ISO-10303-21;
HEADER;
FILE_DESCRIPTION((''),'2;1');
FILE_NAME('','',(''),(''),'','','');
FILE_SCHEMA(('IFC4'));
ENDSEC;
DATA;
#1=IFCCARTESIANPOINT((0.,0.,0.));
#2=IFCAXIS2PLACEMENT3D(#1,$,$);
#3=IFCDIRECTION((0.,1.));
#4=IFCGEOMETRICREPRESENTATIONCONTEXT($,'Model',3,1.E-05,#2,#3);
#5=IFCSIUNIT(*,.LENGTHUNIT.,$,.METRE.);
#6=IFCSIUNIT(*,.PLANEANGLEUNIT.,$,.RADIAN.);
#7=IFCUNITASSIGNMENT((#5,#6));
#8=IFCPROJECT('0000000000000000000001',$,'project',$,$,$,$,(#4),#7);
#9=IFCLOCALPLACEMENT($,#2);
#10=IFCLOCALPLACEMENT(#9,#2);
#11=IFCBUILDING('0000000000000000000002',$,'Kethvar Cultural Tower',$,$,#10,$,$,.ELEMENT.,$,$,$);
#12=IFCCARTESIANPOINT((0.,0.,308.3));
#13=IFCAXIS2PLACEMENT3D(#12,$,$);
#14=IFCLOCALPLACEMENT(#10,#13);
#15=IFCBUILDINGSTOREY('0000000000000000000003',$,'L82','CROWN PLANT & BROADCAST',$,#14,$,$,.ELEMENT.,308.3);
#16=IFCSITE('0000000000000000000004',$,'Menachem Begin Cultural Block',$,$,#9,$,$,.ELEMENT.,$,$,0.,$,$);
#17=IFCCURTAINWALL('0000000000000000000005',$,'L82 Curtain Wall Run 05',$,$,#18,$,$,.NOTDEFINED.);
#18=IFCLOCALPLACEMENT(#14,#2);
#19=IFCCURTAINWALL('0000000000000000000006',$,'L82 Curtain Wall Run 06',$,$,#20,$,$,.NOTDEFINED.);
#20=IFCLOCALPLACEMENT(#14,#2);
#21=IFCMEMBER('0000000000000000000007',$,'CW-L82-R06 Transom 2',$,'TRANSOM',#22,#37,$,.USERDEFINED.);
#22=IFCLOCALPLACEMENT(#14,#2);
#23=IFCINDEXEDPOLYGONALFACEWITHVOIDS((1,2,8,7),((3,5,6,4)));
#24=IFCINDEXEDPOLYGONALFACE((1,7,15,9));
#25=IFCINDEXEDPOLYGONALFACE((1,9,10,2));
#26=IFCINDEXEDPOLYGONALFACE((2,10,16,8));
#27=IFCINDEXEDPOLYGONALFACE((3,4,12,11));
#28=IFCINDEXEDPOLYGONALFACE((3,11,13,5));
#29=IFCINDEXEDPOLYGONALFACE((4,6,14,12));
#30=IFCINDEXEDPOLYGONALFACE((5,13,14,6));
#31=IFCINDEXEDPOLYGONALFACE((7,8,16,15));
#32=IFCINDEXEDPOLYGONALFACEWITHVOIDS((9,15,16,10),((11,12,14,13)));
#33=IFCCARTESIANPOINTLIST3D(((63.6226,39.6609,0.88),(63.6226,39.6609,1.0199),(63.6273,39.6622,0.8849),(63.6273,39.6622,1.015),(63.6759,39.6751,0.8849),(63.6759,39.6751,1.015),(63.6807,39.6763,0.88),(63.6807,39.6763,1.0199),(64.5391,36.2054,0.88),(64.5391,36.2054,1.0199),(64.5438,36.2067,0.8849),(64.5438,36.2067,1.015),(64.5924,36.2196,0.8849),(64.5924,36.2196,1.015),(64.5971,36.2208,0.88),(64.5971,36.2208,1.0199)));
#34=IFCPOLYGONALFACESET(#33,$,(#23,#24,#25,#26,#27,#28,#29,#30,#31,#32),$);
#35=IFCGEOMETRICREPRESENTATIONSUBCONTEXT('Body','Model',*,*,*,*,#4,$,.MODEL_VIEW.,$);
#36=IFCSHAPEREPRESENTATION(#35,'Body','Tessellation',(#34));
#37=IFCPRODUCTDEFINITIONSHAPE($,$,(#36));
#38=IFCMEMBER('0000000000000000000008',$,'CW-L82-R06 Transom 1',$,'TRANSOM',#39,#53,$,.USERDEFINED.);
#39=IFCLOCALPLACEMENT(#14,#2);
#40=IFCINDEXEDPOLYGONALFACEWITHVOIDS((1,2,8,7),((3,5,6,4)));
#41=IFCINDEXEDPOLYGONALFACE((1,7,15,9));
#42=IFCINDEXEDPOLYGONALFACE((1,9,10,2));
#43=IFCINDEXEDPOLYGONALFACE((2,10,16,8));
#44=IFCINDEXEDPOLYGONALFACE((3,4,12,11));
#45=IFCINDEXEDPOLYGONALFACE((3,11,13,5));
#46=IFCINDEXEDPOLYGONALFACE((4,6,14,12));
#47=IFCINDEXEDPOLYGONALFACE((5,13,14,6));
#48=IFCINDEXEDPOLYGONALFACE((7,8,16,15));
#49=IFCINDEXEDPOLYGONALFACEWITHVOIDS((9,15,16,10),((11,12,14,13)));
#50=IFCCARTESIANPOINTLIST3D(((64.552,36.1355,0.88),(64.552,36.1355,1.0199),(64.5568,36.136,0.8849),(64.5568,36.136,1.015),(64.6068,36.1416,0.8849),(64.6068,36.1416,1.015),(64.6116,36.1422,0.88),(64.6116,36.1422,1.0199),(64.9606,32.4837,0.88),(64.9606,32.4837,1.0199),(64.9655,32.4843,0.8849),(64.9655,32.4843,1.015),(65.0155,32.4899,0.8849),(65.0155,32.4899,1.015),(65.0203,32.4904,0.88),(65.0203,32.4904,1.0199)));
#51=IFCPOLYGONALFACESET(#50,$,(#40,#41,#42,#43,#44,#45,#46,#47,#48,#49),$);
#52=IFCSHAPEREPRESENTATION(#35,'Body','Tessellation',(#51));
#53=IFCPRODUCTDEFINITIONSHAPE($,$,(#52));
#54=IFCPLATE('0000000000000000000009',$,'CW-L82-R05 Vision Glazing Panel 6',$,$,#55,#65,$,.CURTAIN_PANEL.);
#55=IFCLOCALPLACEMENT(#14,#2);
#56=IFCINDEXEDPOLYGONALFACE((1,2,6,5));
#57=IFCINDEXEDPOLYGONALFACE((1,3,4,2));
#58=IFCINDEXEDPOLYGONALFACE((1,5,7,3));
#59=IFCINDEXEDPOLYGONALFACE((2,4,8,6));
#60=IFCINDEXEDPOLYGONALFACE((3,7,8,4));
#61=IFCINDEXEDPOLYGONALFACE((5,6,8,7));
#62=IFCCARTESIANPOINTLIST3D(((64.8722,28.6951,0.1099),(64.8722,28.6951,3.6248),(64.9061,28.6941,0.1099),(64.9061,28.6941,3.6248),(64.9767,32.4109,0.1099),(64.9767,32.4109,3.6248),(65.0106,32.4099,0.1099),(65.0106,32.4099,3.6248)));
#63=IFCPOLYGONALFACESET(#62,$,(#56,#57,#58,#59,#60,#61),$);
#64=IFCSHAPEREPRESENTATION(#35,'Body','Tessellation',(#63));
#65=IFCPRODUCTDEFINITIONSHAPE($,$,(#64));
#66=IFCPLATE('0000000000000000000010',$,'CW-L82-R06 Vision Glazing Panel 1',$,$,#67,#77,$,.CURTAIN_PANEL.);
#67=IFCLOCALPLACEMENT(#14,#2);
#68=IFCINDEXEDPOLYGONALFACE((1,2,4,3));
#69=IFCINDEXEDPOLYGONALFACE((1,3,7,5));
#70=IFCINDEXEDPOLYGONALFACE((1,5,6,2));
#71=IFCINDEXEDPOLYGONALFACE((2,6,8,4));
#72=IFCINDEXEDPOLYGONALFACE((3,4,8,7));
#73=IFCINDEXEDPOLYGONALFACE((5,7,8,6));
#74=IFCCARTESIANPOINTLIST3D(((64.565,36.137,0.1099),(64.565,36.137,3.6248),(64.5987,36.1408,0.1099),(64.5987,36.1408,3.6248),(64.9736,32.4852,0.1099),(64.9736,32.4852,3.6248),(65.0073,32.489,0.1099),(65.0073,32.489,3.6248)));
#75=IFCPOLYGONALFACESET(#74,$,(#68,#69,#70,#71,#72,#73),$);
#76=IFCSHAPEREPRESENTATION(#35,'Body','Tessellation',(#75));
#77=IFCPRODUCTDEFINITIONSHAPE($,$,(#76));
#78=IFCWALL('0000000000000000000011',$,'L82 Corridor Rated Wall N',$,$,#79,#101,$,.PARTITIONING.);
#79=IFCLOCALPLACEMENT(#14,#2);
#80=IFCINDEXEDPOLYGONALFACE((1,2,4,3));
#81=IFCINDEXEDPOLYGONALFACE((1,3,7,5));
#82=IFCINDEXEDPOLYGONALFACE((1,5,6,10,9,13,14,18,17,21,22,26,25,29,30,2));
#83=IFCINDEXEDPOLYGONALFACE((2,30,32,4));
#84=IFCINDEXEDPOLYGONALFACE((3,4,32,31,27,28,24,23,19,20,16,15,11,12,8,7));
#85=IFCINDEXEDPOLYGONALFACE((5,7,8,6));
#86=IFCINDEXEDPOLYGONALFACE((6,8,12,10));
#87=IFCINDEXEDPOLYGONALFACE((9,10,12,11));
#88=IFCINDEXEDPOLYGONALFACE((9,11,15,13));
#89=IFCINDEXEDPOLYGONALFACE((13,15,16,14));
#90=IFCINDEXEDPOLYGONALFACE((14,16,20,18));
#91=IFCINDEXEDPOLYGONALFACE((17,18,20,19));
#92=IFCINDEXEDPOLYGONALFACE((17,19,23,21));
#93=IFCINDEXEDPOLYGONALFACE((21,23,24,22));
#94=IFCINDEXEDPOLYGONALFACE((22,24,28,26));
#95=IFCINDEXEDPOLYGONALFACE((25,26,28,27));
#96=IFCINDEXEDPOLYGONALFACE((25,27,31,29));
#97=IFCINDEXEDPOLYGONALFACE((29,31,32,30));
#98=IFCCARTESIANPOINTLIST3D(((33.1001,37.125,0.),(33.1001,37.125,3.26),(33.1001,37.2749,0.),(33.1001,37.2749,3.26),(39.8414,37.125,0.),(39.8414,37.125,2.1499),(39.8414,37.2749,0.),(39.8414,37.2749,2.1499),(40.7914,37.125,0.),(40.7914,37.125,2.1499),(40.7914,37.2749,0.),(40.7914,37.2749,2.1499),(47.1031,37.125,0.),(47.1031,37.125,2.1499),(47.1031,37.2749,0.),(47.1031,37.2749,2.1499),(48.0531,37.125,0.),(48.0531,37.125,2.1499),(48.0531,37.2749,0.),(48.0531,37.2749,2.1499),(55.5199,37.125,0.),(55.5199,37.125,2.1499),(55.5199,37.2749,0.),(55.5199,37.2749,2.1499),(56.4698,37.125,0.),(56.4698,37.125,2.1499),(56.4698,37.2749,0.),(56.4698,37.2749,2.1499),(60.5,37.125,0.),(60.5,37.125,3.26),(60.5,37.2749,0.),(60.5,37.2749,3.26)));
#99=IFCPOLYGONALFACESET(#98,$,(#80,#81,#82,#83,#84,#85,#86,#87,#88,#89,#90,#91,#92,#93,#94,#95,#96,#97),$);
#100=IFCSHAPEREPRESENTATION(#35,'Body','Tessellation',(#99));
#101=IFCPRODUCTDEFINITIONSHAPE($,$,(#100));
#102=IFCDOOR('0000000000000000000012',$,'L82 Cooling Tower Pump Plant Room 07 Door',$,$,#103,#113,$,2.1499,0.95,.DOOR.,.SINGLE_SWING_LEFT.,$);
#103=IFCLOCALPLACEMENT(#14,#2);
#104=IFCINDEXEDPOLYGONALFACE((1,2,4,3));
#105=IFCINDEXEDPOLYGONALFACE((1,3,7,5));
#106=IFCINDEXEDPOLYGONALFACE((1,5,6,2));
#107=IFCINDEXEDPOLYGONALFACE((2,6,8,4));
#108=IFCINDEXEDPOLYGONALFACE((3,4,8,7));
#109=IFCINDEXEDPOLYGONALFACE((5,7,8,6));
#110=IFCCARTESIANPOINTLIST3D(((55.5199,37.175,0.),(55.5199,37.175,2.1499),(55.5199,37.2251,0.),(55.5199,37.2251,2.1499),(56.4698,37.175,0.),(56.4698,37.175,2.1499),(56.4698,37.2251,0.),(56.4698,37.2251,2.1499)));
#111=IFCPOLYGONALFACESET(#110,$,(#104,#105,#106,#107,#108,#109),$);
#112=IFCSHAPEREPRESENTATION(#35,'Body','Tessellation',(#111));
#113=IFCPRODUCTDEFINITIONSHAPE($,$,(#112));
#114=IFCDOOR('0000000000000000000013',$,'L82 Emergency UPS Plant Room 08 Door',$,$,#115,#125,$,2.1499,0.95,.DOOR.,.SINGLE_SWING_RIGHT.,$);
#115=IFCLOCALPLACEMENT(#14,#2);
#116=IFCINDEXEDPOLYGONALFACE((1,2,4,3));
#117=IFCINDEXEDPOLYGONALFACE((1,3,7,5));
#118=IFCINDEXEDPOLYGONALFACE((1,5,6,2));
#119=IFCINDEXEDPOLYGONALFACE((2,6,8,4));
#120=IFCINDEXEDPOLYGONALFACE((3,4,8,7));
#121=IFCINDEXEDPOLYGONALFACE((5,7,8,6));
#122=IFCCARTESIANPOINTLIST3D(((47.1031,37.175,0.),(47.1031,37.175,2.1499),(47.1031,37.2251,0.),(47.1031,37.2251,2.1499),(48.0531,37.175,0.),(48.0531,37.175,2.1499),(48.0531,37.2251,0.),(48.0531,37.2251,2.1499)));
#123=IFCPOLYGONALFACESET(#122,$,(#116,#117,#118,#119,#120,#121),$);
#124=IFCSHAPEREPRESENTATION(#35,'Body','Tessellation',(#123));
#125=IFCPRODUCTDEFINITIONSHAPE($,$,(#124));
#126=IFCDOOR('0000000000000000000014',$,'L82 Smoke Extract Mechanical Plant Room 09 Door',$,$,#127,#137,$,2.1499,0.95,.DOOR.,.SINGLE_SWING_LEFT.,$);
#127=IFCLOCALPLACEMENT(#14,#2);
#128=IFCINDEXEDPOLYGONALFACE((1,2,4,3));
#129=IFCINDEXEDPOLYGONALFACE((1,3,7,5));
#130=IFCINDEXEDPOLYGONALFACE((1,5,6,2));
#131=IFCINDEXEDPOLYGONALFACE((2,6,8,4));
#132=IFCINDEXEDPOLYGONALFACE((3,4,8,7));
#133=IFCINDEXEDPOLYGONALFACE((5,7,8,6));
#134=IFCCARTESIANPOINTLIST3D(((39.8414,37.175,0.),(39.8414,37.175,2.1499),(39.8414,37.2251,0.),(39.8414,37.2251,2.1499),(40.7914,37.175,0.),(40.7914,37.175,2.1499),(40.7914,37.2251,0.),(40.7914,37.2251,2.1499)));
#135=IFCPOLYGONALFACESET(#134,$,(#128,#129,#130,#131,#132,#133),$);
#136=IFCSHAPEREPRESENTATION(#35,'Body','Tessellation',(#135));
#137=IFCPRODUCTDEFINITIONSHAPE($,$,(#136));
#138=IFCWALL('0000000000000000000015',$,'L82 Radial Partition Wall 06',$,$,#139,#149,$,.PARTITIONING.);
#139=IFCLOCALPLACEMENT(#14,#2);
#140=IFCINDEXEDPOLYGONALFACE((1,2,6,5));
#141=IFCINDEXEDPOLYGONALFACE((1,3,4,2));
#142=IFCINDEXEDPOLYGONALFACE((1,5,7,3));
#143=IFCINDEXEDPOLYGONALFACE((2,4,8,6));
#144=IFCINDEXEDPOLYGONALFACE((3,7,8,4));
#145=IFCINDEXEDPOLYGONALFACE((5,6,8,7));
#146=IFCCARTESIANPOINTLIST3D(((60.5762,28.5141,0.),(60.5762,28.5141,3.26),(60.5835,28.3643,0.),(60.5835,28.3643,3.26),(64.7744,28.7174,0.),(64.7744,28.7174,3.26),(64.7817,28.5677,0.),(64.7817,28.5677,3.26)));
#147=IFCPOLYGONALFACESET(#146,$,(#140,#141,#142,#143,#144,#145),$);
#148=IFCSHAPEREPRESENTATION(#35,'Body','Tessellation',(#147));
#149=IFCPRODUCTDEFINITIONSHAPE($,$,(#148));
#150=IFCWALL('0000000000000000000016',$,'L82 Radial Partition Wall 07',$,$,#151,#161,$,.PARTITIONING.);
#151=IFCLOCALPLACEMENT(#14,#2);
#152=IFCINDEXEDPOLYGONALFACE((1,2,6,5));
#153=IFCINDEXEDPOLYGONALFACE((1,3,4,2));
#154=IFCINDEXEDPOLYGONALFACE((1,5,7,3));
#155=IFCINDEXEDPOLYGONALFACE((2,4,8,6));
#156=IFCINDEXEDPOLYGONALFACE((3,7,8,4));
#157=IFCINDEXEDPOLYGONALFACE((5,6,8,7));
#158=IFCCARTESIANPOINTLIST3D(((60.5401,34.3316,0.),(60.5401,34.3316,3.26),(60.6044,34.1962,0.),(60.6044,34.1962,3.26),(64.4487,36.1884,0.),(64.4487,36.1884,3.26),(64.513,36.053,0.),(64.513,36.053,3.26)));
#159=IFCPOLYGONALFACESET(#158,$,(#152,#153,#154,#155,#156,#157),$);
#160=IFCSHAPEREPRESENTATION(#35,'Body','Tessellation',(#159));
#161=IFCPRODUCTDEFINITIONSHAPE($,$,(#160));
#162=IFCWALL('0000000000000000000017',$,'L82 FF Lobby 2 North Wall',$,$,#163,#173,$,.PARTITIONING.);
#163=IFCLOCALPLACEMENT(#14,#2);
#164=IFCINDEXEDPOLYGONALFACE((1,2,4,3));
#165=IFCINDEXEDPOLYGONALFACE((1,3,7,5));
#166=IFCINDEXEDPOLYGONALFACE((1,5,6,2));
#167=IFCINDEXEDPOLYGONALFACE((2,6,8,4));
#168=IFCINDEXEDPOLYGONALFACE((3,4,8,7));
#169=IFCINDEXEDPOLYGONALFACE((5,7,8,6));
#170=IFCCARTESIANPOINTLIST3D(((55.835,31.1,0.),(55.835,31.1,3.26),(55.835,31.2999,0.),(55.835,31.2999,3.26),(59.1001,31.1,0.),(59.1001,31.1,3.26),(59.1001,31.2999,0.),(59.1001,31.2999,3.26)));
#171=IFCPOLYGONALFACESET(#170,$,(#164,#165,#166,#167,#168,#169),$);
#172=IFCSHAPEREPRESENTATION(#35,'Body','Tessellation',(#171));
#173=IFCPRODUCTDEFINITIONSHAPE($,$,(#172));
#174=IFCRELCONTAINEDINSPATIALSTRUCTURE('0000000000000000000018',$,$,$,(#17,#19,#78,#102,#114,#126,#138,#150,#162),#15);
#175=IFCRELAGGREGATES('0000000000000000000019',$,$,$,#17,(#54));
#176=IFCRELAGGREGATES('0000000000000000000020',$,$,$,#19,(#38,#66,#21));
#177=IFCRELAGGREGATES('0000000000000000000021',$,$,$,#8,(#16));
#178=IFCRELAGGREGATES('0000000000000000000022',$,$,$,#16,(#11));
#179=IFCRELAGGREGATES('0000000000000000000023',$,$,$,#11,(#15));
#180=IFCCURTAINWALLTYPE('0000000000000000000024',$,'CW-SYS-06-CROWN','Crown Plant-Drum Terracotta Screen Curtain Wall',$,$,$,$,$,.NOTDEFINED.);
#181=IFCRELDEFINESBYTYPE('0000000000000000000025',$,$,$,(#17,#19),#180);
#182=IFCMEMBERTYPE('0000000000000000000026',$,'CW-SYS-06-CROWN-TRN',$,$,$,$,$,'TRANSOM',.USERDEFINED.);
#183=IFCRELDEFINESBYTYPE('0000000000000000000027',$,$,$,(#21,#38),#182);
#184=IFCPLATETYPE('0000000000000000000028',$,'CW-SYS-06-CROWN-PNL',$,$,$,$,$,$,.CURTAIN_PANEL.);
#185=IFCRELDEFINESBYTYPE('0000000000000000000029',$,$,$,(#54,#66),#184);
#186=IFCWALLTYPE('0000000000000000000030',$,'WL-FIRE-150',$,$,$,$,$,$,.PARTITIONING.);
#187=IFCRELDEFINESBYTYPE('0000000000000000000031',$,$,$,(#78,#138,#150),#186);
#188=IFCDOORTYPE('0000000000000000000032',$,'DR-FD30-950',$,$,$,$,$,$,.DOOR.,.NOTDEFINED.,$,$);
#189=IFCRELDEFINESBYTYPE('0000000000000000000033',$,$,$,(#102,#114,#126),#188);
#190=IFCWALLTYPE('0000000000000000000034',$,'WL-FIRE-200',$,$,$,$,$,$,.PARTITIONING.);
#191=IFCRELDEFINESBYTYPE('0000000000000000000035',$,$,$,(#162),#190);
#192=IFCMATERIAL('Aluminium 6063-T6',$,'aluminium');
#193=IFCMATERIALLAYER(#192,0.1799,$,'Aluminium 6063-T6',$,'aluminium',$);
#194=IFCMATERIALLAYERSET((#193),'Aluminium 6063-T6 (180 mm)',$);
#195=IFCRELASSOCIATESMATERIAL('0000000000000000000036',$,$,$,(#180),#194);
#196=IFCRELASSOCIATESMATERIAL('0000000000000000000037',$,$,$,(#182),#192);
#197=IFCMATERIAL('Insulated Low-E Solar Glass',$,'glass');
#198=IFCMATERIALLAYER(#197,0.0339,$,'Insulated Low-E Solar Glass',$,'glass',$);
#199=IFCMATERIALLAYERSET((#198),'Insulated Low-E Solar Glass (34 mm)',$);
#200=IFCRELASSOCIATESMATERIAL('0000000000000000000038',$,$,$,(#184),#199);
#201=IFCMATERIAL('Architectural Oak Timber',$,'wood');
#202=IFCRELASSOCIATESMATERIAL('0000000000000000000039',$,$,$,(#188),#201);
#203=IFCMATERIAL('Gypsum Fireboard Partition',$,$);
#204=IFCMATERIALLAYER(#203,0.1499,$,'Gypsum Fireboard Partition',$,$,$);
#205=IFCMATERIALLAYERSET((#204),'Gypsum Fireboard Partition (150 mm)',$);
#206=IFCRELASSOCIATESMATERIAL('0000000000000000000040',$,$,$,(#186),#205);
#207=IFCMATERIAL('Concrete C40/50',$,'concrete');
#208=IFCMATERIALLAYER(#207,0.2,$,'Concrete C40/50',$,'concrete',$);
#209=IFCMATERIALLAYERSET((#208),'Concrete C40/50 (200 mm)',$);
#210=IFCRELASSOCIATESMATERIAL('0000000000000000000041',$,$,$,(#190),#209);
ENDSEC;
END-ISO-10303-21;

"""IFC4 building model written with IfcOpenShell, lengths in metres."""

from ifc_helpers import new_model, si_unit, direction, frame, frame_2d, origin, origin_2d, place, context, subcontext, project, spatial, rectangle, hollow_rectangle, extrude, source, transform, mapped, material, layer, layer_set, material_profile, profile_set, type_object, element, fill, aggregate, save


model = new_model("IFC4")

# Units and contexts
model_context = context("Model", 3, precision=1e-05, world=origin(), true_north=direction((0.0, 1.0)))
body_context = subcontext(model_context, "Body", "Model", "MODEL_VIEW")
ifc_project = project(units=[si_unit("LENGTHUNIT", "METRE"), si_unit("PLANEANGLEUNIT", "RADIAN")], contexts=[model_context])

# Site, building, storey
site_placement = place(None, origin())
site = spatial("IfcSite", under=ifc_project, at=site_placement, Name="Menachem Begin Cultural Block", CompositionType="ELEMENT", RefElevation=0.0)
building_placement = place(site_placement, origin())
building = spatial("IfcBuilding", under=site, at=building_placement, Name="Kethvar Cultural Tower", CompositionType="ELEMENT")
storey_placement = place(building_placement, frame((0.0, 0.0, 308.3)))
storey = spatial("IfcBuildingStorey", under=building, at=storey_placement, Name="L82", Description="CROWN PLANT & BROADCAST", CompositionType="ELEMENT", Elevation=308.3)

# Curtain walls
ifc_material_1 = material(Name="Aluminium 6063-T6", Category="aluminium")
ifc_layer_1 = layer(ifc_material_1, 0.1799, Name="Aluminium 6063-T6", Category="aluminium")
ifc_layer_set_1 = layer_set([ifc_layer_1], Name="Aluminium 6063-T6 (180 mm)")
curtain_wall_type = type_object("IfcCurtainWallType", Name="CW-SYS-06-CROWN", Description="Crown Plant-Drum Terracotta Screen Curtain Wall", PredefinedType="NOTDEFINED", material=ifc_layer_set_1)
curtain_wall_1_placement = place(storey_placement, origin())
curtain_wall_1 = element("IfcCurtainWall", 1, at=curtain_wall_1_placement, inside=storey, type_object=curtain_wall_type, Name="L82 Curtain Wall Run 05", PredefinedType="NOTDEFINED")
curtain_wall_2_placement = place(storey_placement, origin())
curtain_wall_2 = element("IfcCurtainWall", 2, at=curtain_wall_2_placement, inside=storey, type_object=curtain_wall_type, Name="L82 Curtain Wall Run 06", PredefinedType="NOTDEFINED")

# Members
ifc_material_profile_1 = material_profile(ifc_material_1, hollow_rectangle(XDim=0.0601, YDim=0.1399, WallThickness=0.0049, at=origin_2d()), Name="Aluminium 6063-T6 — RHS140x60x5")
ifc_profile_set_1 = profile_set([ifc_material_profile_1], Name="Aluminium 6063-T6 — RHS140x60x5")
member_type_1 = type_object("IfcMemberType", Name="CW-SYS-06-CROWN-TRN", ElementType="TRANSOM", PredefinedType="USERDEFINED", material=ifc_profile_set_1)
shared_shape_1 = source(origin(), body_context, "Body", "SweptSolid", [
    extrude(hollow_rectangle(XDim=0.0601, YDim=0.1399, WallThickness=0.0049, at=origin_2d()), origin(), (0.0, 0.0, 1.0), 3.575),
])
member_1_placement = place(storey_placement, frame((64.5681, 36.2131, 0.95), z_axis=(-0.256362, 0.966581, 0.0), x_axis=(-0.966581, -0.256362, 0.0)))
member_1 = element("IfcMember", 3, at=member_1_placement, type_object=member_type_1, Name="CW-L82-R06 Transom 2", ObjectType="TRANSOM", PredefinedType="USERDEFINED", context=body_context, shape_type="MappedRepresentation", body=[
    mapped(shared_shape_1, transform((0.0, 0.0, 0.0), scale=1.0)),
])
shared_shape_2 = source(origin(), body_context, "Body", "SweptSolid", [
    extrude(hollow_rectangle(XDim=0.0601, YDim=0.1399, WallThickness=0.0049, at=origin_2d()), origin(), (0.0, 0.0, 1.0), 3.6746),
])
member_2_placement = place(storey_placement, frame((64.9905, 32.4871, 0.95), z_axis=(-0.111219, 0.993796, 0.0), x_axis=(-0.993796, -0.111219, 0.0)))
member_2 = element("IfcMember", 4, at=member_2_placement, type_object=member_type_1, Name="CW-L82-R06 Transom 1", ObjectType="TRANSOM", PredefinedType="USERDEFINED", context=body_context, shape_type="MappedRepresentation", body=[
    mapped(shared_shape_2, transform((0.0, 0.0, 0.0), scale=1.0)),
])

# Plates
ifc_material_2 = material(Name="Insulated Low-E Solar Glass", Category="glass")
ifc_layer_2 = layer(ifc_material_2, 0.0339, Name="Insulated Low-E Solar Glass", Category="glass")
ifc_layer_set_2 = layer_set([ifc_layer_2], Name="Insulated Low-E Solar Glass (34 mm)")
plate_type = type_object("IfcPlateType", Name="CW-SYS-06-CROWN-PNL", PredefinedType="CURTAIN_PANEL", material=ifc_layer_set_2)
shared_shape_3 = source(origin(), body_context, "Body", "SweptSolid", [
    extrude(rectangle(XDim=3.7173, YDim=0.0339, at=origin_2d()), origin(), (0.0, 0.0, 1.0), 3.5149),
])
plate_1_placement = place(storey_placement, frame((64.9414, 30.5525, 0.1099), z_axis=(0.0, 0.0, 1.0), x_axis=(0.028096, 0.999605, 0.0)))
plate_1 = element("IfcPlate", 5, at=plate_1_placement, type_object=plate_type, Name="CW-L82-R05 Vision Glazing Panel 6", PredefinedType="CURTAIN_PANEL", context=body_context, shape_type="MappedRepresentation", body=[
    mapped(shared_shape_3, transform((0.0, 0.0, 0.0), scale=1.0)),
])
aggregate(curtain_wall_1, [plate_1])
shared_shape_4 = source(origin(), body_context, "Body", "SweptSolid", [
    extrude(rectangle(XDim=3.6746, YDim=0.0339, at=origin_2d()), origin(), (0.0, 0.0, 1.0), 3.5149),
])
plate_2_placement = place(storey_placement, frame((64.7861, 34.313, 0.1099), z_axis=(0.0, 0.0, 1.0), x_axis=(-0.111191, 0.993799, 0.0)))
plate_2 = element("IfcPlate", 6, at=plate_2_placement, type_object=plate_type, Name="CW-L82-R06 Vision Glazing Panel 1", PredefinedType="CURTAIN_PANEL", context=body_context, shape_type="MappedRepresentation", body=[
    mapped(shared_shape_4, transform((0.0, 0.0, 0.0), scale=1.0)),
])
aggregate(curtain_wall_2, [member_2, plate_2, member_1])

# Wall, openings, doors
ifc_material_3 = material(Name="Architectural Oak Timber", Category="wood")
door_type_1 = type_object("IfcDoorType", Name="DR-FD30-950", OperationType="NOTDEFINED", PredefinedType="DOOR", material=ifc_material_3)
shared_shape_5 = source(origin(), body_context, "Body", "SweptSolid", [
    extrude(rectangle(XDim=0.95, YDim=2.1499, at=frame_2d((0.4751, 1.075))), frame((0.0, 0.0249, 0.0), z_axis=(0.0, -1.0, 0.0), x_axis=(1.0, 0.0, 0.0)), (0.0, 0.0, 1.0), 0.05),
])
ifc_material_4 = material(Name="Gypsum Fireboard Partition")
ifc_layer_3 = layer(ifc_material_4, 0.1499, Name="Gypsum Fireboard Partition")
ifc_layer_set_3 = layer_set([ifc_layer_3], Name="Gypsum Fireboard Partition (150 mm)")
wall_type_1 = type_object("IfcWallType", Name="WL-FIRE-150", PredefinedType="PARTITIONING", material=ifc_layer_set_3)
wall_1_placement = place(storey_placement, frame((60.5, 37.2, 0.0), z_axis=(0.0, 0.0, 1.0), x_axis=(-1.0, 0.0, 0.0)))
wall_1 = element("IfcWall", 7, at=wall_1_placement, inside=storey, type_object=wall_type_1, Name="L82 Corridor Rated Wall N", PredefinedType="PARTITIONING", context=body_context, shape_type="SweptSolid", body=[
    extrude(rectangle(XDim=27.3999, YDim=0.1499, at=frame_2d((13.7, 0.0))), origin(), (0.0, 0.0, 1.0), 3.26),
])
opening_1_placement = place(wall_1_placement, frame((4.03, 0.0, 0.0)))
opening_1 = element("IfcOpeningElement", 8, at=opening_1_placement, cuts=wall_1, PredefinedType="OPENING", context=body_context, shape_type="SweptSolid", body=[
    extrude(rectangle(XDim=0.95, YDim=2.1499, at=frame_2d((0.4751, 1.075))), frame((0.0, 0.085, 0.0), z_axis=(0.0, -1.0, 0.0), x_axis=(1.0, 0.0, 0.0)), (0.0, 0.0, 1.0), 0.1699),
])
opening_2_placement = place(wall_1_placement, frame((12.4468, 0.0, 0.0)))
opening_2 = element("IfcOpeningElement", 9, at=opening_2_placement, cuts=wall_1, PredefinedType="OPENING", context=body_context, shape_type="SweptSolid", body=[
    extrude(rectangle(XDim=0.95, YDim=2.1499, at=frame_2d((0.4751, 1.075))), frame((0.0, 0.085, 0.0), z_axis=(0.0, -1.0, 0.0), x_axis=(1.0, 0.0, 0.0)), (0.0, 0.0, 1.0), 0.1699),
])
opening_3_placement = place(wall_1_placement, frame((19.7085, 0.0, 0.0)))
opening_3 = element("IfcOpeningElement", 10, at=opening_3_placement, cuts=wall_1, PredefinedType="OPENING", context=body_context, shape_type="SweptSolid", body=[
    extrude(rectangle(XDim=0.95, YDim=2.1499, at=frame_2d((0.4751, 1.075))), frame((0.0, 0.085, 0.0), z_axis=(0.0, -1.0, 0.0), x_axis=(1.0, 0.0, 0.0)), (0.0, 0.0, 1.0), 0.1699),
])
door_1_placement = place(opening_1_placement, origin())
door_1 = element("IfcDoor", 11, at=door_1_placement, inside=storey, type_object=door_type_1, Name="L82 Cooling Tower Pump Plant Room 07 Door", OperationType="SINGLE_SWING_LEFT", OverallHeight=2.1499, OverallWidth=0.95, PredefinedType="DOOR", context=body_context, shape_type="MappedRepresentation", body=[
    mapped(shared_shape_5, transform((0.0, 0.0, 0.0), scale=1.0)),
])
fill(opening_1, door_1)
door_2_placement = place(opening_2_placement, origin())
door_2 = element("IfcDoor", 12, at=door_2_placement, inside=storey, type_object=door_type_1, Name="L82 Emergency UPS Plant Room 08 Door", OperationType="SINGLE_SWING_RIGHT", OverallHeight=2.1499, OverallWidth=0.95, PredefinedType="DOOR", context=body_context, shape_type="MappedRepresentation", body=[
    mapped(shared_shape_5, transform((0.0, 0.0, 0.0), scale=1.0)),
])
fill(opening_2, door_2)
door_3_placement = place(opening_3_placement, origin())
door_3 = element("IfcDoor", 13, at=door_3_placement, inside=storey, type_object=door_type_1, Name="L82 Smoke Extract Mechanical Plant Room 09 Door", OperationType="SINGLE_SWING_LEFT", OverallHeight=2.1499, OverallWidth=0.95, PredefinedType="DOOR", context=body_context, shape_type="MappedRepresentation", body=[
    mapped(shared_shape_5, transform((0.0, 0.0, 0.0), scale=1.0)),
])
fill(opening_3, door_3)

# Walls
wall_2_placement = place(storey_placement, frame((60.5798, 28.4392, 0.0), z_axis=(0.0, 0.0, 1.0), x_axis=(0.998829, 0.048385, 0.0)))
element("IfcWall", 14, at=wall_2_placement, inside=storey, type_object=wall_type_1, Name="L82 Radial Partition Wall 06", PredefinedType="PARTITIONING", context=body_context, shape_type="SweptSolid", body=[
    extrude(rectangle(XDim=4.2031, YDim=0.1499, at=frame_2d((2.1016, 0.0))), origin(), (0.0, 0.0, 1.0), 3.26),
])
wall_3_placement = place(storey_placement, frame((60.5723, 34.2639, 0.0), z_axis=(0.0, 0.0, 1.0), x_axis=(0.903262, 0.42909, 0.0)))
element("IfcWall", 15, at=wall_3_placement, inside=storey, type_object=wall_type_1, Name="L82 Radial Partition Wall 07", PredefinedType="PARTITIONING", context=body_context, shape_type="SweptSolid", body=[
    extrude(rectangle(XDim=4.3271, YDim=0.1499, at=frame_2d((2.1636, 0.0))), origin(), (0.0, 0.0, 1.0), 3.26),
])
ifc_material_5 = material(Name="Concrete C40/50", Category="concrete")
ifc_layer_4 = layer(ifc_material_5, 0.2, Name="Concrete C40/50", Category="concrete")
ifc_layer_set_4 = layer_set([ifc_layer_4], Name="Concrete C40/50 (200 mm)")
wall_type_2 = type_object("IfcWallType", Name="WL-FIRE-200", PredefinedType="PARTITIONING", material=ifc_layer_set_4)
wall_4_placement = place(storey_placement, frame((55.835, 31.2, 0.0), z_axis=(0.0, 0.0, 1.0), x_axis=(1.0, 0.0, 0.0)))
element("IfcWall", 16, at=wall_4_placement, inside=storey, type_object=wall_type_2, Name="L82 FF Lobby 2 North Wall", PredefinedType="PARTITIONING", context=body_context, shape_type="SweptSolid", body=[
    extrude(rectangle(XDim=3.2651, YDim=0.2, at=frame_2d((1.6326, 0.0))), origin(), (0.0, 0.0, 1.0), 3.26),
])

save(model, "model.ifc")
